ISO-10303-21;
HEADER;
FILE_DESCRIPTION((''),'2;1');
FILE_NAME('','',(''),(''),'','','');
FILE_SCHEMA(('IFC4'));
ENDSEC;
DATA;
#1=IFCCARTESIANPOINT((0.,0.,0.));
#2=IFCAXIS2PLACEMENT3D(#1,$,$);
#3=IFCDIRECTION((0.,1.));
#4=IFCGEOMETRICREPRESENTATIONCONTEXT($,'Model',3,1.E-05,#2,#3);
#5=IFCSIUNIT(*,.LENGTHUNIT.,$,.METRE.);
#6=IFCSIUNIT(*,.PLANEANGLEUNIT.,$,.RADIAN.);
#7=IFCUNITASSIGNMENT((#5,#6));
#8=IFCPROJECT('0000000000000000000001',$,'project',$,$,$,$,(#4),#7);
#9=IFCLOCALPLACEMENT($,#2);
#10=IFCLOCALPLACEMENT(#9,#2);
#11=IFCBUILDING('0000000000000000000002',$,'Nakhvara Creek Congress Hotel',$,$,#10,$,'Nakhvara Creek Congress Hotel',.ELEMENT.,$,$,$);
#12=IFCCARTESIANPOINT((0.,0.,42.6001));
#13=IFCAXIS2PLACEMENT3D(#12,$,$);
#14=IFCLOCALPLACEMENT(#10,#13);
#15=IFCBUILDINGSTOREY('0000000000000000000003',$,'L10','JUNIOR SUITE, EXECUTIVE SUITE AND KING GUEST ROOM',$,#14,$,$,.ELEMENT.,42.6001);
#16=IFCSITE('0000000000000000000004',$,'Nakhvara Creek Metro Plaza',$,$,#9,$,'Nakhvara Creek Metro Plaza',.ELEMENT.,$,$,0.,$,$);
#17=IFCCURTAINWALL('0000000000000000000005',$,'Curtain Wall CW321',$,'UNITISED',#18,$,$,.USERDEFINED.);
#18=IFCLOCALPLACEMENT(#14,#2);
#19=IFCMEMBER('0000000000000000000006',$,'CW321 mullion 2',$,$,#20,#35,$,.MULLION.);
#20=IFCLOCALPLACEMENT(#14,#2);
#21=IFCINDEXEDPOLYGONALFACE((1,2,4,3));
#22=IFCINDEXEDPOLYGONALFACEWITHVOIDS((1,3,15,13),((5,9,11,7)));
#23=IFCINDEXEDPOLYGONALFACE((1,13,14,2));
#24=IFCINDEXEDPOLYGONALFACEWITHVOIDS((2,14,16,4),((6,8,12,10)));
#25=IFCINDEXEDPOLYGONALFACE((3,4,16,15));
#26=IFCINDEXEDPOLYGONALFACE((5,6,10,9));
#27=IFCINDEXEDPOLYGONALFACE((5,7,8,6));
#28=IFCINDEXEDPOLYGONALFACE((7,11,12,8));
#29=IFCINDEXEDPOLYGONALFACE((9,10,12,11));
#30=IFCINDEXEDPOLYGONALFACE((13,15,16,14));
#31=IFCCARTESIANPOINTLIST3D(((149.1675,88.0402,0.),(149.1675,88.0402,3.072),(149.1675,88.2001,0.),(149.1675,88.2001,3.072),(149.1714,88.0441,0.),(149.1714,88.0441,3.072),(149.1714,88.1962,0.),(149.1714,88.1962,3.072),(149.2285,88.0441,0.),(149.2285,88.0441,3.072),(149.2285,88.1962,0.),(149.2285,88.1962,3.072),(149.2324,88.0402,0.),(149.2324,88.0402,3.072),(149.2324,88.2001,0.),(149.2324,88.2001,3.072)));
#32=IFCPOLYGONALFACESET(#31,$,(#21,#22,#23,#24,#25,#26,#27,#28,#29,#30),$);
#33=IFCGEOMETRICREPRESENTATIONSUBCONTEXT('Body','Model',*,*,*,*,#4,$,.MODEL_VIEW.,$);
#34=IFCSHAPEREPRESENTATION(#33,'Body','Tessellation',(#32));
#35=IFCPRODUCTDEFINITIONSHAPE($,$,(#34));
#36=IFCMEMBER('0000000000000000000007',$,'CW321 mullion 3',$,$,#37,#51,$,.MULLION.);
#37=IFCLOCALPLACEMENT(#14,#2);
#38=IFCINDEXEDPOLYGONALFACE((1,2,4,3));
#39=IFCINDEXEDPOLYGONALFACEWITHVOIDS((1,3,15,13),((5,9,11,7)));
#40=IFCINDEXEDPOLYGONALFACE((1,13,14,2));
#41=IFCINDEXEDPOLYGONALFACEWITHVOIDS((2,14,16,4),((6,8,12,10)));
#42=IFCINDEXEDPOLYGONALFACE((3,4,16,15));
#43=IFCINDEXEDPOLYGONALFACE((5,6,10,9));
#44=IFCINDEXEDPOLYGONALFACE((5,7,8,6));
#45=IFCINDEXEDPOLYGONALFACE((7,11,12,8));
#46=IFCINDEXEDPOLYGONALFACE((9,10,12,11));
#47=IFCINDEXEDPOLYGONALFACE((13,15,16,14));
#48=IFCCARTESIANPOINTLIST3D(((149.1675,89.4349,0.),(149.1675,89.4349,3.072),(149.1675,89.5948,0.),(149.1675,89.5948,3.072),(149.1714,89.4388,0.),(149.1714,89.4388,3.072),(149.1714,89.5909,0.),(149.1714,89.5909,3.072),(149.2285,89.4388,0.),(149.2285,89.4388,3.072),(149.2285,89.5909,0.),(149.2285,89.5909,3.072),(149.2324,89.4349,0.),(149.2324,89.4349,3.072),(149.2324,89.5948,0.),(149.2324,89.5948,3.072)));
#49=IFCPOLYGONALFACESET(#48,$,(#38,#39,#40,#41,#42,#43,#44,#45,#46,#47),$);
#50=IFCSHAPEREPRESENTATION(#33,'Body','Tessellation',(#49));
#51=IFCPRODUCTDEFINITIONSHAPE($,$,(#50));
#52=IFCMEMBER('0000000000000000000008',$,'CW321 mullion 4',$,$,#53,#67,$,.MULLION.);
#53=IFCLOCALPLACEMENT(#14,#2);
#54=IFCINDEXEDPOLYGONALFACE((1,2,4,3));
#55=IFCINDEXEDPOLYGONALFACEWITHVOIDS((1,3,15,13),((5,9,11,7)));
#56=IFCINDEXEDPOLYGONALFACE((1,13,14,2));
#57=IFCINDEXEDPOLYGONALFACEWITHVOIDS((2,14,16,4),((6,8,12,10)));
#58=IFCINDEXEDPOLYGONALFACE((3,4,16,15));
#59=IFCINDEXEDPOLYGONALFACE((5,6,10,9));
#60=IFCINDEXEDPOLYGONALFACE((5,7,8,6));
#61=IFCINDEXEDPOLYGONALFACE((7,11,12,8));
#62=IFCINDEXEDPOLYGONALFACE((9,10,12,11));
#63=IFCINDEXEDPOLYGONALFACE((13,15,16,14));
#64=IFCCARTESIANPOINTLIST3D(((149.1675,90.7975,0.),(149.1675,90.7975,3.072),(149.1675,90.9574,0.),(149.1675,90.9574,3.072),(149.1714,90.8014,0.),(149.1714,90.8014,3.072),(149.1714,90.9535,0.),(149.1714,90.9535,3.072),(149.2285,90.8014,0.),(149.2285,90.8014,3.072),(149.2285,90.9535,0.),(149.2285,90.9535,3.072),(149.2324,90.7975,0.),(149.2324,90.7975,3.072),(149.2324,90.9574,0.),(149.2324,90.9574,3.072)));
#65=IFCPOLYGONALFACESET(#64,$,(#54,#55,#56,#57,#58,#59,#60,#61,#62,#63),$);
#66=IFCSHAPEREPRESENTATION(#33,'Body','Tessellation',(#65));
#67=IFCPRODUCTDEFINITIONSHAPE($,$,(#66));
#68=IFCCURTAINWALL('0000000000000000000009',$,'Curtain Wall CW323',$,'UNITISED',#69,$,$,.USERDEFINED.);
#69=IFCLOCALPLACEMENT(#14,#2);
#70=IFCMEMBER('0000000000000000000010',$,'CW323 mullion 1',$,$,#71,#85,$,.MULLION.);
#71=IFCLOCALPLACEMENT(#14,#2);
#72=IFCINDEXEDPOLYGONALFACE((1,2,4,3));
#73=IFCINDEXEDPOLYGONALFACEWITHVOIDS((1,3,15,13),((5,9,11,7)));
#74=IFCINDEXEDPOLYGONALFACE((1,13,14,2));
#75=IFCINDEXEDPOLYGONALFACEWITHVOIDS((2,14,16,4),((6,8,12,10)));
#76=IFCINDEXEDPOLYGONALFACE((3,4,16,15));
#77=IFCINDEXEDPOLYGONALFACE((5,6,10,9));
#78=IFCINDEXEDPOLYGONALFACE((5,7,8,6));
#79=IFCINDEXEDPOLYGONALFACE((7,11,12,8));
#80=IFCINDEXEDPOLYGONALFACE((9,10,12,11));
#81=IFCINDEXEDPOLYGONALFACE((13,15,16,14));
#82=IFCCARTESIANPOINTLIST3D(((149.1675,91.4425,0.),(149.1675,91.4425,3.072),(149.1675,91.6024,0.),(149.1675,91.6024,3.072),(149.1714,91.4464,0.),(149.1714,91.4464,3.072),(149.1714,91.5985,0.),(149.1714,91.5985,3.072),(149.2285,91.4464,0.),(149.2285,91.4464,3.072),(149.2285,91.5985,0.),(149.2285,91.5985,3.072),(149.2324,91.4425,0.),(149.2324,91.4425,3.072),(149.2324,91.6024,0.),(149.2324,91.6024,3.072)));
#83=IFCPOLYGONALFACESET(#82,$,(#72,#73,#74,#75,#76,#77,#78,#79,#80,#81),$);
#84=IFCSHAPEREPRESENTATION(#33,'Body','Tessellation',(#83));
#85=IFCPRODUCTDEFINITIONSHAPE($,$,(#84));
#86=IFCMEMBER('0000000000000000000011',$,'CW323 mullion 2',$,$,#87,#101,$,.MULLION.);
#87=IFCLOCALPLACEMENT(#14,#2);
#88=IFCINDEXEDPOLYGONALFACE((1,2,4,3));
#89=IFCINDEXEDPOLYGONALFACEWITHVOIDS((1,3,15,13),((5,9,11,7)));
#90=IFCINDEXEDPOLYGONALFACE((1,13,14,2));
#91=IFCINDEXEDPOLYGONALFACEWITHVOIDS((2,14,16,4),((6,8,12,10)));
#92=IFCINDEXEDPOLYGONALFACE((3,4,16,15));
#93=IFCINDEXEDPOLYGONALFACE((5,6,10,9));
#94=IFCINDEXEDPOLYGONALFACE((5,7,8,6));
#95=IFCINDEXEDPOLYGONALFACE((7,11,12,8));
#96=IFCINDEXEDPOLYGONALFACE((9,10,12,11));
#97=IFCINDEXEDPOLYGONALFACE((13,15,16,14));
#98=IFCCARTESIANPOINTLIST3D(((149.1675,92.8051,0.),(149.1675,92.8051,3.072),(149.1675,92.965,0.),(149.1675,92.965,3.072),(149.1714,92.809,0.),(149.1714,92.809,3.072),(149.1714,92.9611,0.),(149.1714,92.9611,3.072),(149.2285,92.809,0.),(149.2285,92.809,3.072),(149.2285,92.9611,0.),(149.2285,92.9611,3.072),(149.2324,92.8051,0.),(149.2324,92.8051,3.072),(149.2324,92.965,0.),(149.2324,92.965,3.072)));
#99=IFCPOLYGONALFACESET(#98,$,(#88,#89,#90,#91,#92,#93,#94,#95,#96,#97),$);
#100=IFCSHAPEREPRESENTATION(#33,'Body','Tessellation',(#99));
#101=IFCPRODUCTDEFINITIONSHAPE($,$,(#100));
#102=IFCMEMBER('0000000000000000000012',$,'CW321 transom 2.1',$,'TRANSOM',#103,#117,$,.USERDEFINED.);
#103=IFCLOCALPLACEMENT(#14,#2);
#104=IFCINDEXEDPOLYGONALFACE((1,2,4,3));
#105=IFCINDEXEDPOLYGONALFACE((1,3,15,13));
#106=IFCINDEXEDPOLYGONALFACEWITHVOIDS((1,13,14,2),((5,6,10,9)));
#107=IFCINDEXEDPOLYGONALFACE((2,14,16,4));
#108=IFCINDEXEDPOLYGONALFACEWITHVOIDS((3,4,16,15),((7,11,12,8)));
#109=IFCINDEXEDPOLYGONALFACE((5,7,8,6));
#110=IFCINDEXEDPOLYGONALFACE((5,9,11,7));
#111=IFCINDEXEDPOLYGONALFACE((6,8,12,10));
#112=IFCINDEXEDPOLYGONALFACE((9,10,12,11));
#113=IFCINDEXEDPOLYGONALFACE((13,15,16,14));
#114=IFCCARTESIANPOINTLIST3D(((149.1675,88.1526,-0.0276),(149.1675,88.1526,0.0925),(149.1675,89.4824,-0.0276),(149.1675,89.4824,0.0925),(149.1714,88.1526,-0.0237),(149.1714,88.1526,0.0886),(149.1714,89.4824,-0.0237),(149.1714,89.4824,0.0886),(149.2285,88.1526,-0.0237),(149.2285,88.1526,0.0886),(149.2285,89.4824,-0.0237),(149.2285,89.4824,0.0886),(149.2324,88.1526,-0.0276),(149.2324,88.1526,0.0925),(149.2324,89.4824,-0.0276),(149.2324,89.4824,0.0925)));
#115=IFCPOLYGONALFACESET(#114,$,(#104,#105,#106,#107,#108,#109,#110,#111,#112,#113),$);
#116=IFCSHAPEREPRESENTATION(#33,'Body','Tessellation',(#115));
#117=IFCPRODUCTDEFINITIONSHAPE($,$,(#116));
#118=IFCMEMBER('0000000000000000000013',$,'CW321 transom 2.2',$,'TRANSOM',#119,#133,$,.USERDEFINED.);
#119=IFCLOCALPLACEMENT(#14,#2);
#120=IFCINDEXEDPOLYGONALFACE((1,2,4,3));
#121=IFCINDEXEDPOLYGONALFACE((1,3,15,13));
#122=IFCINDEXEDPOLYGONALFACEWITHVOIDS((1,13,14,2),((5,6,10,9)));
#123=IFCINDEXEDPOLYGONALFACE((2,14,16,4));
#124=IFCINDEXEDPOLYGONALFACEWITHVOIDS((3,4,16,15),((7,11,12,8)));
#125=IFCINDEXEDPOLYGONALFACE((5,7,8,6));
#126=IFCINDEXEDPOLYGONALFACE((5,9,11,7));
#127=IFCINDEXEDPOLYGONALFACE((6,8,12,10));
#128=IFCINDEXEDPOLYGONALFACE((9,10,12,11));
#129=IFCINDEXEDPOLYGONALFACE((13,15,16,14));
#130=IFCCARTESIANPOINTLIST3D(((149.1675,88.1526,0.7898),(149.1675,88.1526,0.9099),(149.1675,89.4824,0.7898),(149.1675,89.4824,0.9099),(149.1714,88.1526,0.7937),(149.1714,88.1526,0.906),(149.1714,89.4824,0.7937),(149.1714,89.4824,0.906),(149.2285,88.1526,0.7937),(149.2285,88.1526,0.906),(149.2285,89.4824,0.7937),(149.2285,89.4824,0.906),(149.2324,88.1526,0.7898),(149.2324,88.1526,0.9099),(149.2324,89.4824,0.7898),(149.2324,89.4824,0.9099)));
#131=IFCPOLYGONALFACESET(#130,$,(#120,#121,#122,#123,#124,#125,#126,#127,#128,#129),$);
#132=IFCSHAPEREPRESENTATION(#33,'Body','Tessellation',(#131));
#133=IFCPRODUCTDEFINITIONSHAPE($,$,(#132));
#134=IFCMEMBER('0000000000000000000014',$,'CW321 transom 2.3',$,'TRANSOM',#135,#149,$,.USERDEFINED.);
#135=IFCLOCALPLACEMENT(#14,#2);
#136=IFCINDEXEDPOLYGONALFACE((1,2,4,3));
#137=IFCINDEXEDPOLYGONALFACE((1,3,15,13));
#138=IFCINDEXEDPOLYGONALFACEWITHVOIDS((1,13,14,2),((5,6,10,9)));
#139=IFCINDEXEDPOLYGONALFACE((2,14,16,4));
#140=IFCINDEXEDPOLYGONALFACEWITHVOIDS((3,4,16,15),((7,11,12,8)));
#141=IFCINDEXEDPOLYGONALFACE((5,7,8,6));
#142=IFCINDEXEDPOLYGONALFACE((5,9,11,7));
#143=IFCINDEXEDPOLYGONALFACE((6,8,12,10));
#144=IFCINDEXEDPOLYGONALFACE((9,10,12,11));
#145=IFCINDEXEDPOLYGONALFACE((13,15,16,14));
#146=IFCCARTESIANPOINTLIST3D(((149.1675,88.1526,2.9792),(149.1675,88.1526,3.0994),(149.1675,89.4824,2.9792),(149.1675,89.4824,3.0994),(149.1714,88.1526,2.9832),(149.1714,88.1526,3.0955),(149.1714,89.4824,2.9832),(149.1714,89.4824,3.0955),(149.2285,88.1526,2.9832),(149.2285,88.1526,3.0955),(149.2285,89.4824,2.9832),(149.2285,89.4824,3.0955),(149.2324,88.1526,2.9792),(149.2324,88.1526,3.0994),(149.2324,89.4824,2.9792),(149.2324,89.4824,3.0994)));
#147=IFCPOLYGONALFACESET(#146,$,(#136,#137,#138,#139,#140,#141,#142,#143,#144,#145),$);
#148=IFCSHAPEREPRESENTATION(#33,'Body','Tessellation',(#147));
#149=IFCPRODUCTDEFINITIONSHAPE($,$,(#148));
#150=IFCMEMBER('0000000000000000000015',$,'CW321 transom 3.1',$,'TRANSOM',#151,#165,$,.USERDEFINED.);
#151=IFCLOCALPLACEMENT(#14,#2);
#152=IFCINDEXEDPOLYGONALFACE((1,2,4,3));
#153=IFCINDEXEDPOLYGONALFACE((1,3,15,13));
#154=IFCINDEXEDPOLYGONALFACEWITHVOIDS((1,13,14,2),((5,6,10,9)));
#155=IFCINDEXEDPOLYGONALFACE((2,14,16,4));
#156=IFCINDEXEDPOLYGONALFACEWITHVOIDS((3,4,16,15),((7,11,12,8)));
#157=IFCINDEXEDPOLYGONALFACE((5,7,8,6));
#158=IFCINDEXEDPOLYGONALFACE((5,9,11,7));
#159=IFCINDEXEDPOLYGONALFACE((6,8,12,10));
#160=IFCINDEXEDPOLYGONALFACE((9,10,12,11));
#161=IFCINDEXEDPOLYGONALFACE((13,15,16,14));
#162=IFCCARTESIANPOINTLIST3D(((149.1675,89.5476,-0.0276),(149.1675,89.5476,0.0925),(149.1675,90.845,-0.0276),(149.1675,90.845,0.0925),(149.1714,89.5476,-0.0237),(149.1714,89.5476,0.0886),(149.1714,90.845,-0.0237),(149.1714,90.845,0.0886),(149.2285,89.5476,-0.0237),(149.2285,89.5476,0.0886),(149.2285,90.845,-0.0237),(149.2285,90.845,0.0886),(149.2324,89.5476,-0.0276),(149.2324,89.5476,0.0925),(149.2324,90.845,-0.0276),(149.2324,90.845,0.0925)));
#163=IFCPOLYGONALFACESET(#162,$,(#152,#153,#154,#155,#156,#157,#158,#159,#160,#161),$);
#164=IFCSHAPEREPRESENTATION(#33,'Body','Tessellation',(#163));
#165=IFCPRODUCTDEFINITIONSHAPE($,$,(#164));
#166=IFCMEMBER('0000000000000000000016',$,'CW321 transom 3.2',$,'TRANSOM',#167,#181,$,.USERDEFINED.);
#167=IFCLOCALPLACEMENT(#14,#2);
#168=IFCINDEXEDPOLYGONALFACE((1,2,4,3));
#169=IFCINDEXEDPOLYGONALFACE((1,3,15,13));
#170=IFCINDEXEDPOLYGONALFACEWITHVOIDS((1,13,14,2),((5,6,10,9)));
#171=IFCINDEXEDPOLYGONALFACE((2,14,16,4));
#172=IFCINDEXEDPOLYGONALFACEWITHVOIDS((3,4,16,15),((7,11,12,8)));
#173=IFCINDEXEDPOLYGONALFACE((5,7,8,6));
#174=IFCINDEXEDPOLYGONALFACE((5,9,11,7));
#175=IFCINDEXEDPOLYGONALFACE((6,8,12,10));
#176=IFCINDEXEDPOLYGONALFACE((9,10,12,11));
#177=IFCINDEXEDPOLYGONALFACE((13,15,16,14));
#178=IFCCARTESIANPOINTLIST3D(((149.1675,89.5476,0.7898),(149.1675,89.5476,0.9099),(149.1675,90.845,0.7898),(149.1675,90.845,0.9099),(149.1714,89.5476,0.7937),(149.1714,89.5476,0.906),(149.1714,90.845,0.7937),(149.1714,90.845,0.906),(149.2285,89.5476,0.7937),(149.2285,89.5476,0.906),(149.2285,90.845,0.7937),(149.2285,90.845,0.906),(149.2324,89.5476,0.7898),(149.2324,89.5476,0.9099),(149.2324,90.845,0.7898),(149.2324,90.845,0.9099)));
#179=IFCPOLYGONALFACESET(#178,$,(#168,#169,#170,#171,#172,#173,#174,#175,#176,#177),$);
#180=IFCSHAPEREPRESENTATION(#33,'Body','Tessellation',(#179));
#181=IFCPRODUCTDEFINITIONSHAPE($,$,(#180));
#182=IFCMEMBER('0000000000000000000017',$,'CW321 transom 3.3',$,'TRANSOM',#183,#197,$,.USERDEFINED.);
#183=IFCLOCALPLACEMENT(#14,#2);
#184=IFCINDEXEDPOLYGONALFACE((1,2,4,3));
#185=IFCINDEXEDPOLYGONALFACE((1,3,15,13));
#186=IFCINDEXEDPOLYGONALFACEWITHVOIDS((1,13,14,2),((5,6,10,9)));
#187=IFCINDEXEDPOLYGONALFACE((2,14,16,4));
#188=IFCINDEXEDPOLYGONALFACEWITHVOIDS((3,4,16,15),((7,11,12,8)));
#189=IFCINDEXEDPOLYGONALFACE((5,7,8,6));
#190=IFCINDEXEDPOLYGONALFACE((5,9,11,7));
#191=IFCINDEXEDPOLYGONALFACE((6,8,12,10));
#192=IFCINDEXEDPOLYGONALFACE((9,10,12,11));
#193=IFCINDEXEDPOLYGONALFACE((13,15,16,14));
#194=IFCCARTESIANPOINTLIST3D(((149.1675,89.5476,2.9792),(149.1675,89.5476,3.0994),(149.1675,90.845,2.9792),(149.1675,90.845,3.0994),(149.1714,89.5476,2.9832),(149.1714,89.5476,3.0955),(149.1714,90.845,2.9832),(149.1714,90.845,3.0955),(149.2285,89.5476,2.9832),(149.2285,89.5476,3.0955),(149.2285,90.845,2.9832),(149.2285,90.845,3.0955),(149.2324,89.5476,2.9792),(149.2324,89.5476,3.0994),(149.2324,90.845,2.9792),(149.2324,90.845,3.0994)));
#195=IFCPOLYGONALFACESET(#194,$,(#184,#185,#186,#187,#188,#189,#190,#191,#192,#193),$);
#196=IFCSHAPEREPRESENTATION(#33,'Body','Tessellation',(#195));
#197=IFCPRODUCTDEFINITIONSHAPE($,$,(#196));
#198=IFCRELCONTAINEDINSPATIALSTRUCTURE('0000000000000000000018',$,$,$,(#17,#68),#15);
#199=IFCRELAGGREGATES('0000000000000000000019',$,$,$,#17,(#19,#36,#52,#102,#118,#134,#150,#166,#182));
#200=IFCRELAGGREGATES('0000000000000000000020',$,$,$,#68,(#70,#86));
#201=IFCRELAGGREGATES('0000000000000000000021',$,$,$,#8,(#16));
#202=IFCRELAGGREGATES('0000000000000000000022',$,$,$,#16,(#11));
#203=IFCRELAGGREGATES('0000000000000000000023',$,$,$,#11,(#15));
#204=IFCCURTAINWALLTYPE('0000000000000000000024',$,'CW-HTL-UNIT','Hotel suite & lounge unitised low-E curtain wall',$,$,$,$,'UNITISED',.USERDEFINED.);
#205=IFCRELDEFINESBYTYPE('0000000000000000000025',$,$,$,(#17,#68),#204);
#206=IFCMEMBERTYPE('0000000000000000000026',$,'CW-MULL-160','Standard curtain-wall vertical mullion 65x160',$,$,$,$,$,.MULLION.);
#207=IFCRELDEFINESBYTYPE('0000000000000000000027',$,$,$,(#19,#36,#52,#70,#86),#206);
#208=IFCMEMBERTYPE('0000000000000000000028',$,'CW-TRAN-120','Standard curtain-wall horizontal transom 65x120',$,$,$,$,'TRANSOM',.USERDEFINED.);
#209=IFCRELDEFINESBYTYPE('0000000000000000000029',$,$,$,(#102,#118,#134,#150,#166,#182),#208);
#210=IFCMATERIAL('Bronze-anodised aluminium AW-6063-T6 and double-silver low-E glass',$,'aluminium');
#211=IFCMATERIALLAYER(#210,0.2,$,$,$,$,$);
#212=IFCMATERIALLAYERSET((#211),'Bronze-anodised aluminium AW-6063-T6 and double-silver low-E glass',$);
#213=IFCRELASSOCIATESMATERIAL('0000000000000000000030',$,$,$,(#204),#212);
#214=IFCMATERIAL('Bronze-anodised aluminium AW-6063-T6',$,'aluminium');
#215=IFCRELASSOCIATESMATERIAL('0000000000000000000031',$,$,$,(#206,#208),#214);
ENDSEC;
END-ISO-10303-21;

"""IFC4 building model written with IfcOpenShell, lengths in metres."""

from ifc_helpers import new_model, si_unit, direction, frame, origin, origin_2d, place, context, subcontext, project, spatial, hollow_rectangle, extrude, material, layer, layer_set, material_profile, profile_set, type_object, element, aggregate, save


model = new_model("IFC4")

# Units and contexts
model_context = context("Model", 3, precision=1e-05, world=origin(), true_north=direction((0.0, 1.0)))
body_context = subcontext(model_context, "Body", "Model", "MODEL_VIEW")
ifc_project = project(units=[si_unit("LENGTHUNIT", "METRE"), si_unit("PLANEANGLEUNIT", "RADIAN")], contexts=[model_context])

# Site, building, storey
site_placement = place(None, origin())
site = spatial("IfcSite", under=ifc_project, at=site_placement, Name="Nakhvara Creek Metro Plaza", LongName="Nakhvara Creek Metro Plaza", CompositionType="ELEMENT", RefElevation=0.0)
building_placement = place(site_placement, origin())
building = spatial("IfcBuilding", under=site, at=building_placement, Name="Nakhvara Creek Congress Hotel", LongName="Nakhvara Creek Congress Hotel", CompositionType="ELEMENT")
storey_placement = place(building_placement, frame((0.0, 0.0, 42.6001)))
storey = spatial("IfcBuildingStorey", under=building, at=storey_placement, Name="L10", Description="JUNIOR SUITE, EXECUTIVE SUITE AND KING GUEST ROOM", CompositionType="ELEMENT", Elevation=42.6001)

# Curtain walls, members
ifc_material_1 = material(Name="Bronze-anodised aluminium AW-6063-T6 and double-silver low-E glass", Category="aluminium")
ifc_layer = layer(ifc_material_1, 0.2)
ifc_layer_set = layer_set([ifc_layer], Name="Bronze-anodised aluminium AW-6063-T6 and double-silver low-E glass")
curtain_wall_type = type_object("IfcCurtainWallType", Name="CW-HTL-UNIT", Description="Hotel suite & lounge unitised low-E curtain wall", ElementType="UNITISED", PredefinedType="USERDEFINED", material=ifc_layer_set)
curtain_wall_1_placement = place(storey_placement, origin())
curtain_wall_1 = element("IfcCurtainWall", 1, at=curtain_wall_1_placement, inside=storey, type_object=curtain_wall_type, Name="Curtain Wall CW321", ObjectType="UNITISED", PredefinedType="USERDEFINED")
ifc_material_2 = material(Name="Bronze-anodised aluminium AW-6063-T6", Category="aluminium")
ifc_material_profile_1 = material_profile(ifc_material_2, hollow_rectangle(XDim=0.0649, YDim=0.1599, WallThickness=0.0039, at=origin_2d()), Name="ALU-MULL 65x160x4", Category="LoadBearing")
ifc_profile_set_1 = profile_set([ifc_material_profile_1], Name="Bronze-anodised aluminium AW-6063-T6")
member_type_1 = type_object("IfcMemberType", Name="CW-MULL-160", Description="Standard curtain-wall vertical mullion 65x160", PredefinedType="MULLION", material=ifc_profile_set_1)
member_1_placement = place(storey_placement, frame((149.2, 88.1201, 0.0), z_axis=(0.0, 0.0, 1.0), x_axis=(-1.0, 0.0, 0.0)))
member_1 = element("IfcMember", 2, at=member_1_placement, type_object=member_type_1, Name="CW321 mullion 2", PredefinedType="MULLION", context=body_context, shape_type="SweptSolid", body=[
    extrude(hollow_rectangle(XDim=0.0649, YDim=0.1599, WallThickness=0.0039, at=origin_2d()), origin(), (0.0, 0.0, 1.0), 3.072),
])
member_2_placement = place(storey_placement, frame((149.2, 89.5149, 0.0), z_axis=(0.0, 0.0, 1.0), x_axis=(-1.0, 0.0, 0.0)))
member_2 = element("IfcMember", 3, at=member_2_placement, type_object=member_type_1, Name="CW321 mullion 3", PredefinedType="MULLION", context=body_context, shape_type="SweptSolid", body=[
    extrude(hollow_rectangle(XDim=0.0649, YDim=0.1599, WallThickness=0.0039, at=origin_2d()), origin(), (0.0, 0.0, 1.0), 3.072),
])
member_3_placement = place(storey_placement, frame((149.2, 90.8774, 0.0), z_axis=(0.0, 0.0, 1.0), x_axis=(-1.0, 0.0, 0.0)))
member_3 = element("IfcMember", 4, at=member_3_placement, type_object=member_type_1, Name="CW321 mullion 4", PredefinedType="MULLION", context=body_context, shape_type="SweptSolid", body=[
    extrude(hollow_rectangle(XDim=0.0649, YDim=0.1599, WallThickness=0.0039, at=origin_2d()), origin(), (0.0, 0.0, 1.0), 3.072),
])
curtain_wall_2_placement = place(storey_placement, origin())
curtain_wall_2 = element("IfcCurtainWall", 5, at=curtain_wall_2_placement, inside=storey, type_object=curtain_wall_type, Name="Curtain Wall CW323", ObjectType="UNITISED", PredefinedType="USERDEFINED")
member_4_placement = place(storey_placement, frame((149.2, 91.5225, 0.0), z_axis=(0.0, 0.0, 1.0), x_axis=(-1.0, 0.0, 0.0)))
member_4 = element("IfcMember", 6, at=member_4_placement, type_object=member_type_1, Name="CW323 mullion 1", PredefinedType="MULLION", context=body_context, shape_type="SweptSolid", body=[
    extrude(hollow_rectangle(XDim=0.0649, YDim=0.1599, WallThickness=0.0039, at=origin_2d()), origin(), (0.0, 0.0, 1.0), 3.072),
])
member_5_placement = place(storey_placement, frame((149.2, 92.885, 0.0), z_axis=(0.0, 0.0, 1.0), x_axis=(-1.0, 0.0, 0.0)))
member_5 = element("IfcMember", 7, at=member_5_placement, type_object=member_type_1, Name="CW323 mullion 2", PredefinedType="MULLION", context=body_context, shape_type="SweptSolid", body=[
    extrude(hollow_rectangle(XDim=0.0649, YDim=0.1599, WallThickness=0.0039, at=origin_2d()), origin(), (0.0, 0.0, 1.0), 3.072),
])

# Members
ifc_material_profile_2 = material_profile(ifc_material_2, hollow_rectangle(XDim=0.0649, YDim=0.1201, WallThickness=0.0039, at=origin_2d()), Name="ALU-TRAN 65x120x4", Category="LoadBearing")
ifc_profile_set_2 = profile_set([ifc_material_profile_2], Name="Bronze-anodised aluminium AW-6063-T6")
member_type_2 = type_object("IfcMemberType", Name="CW-TRAN-120", Description="Standard curtain-wall horizontal transom 65x120", ElementType="TRANSOM", PredefinedType="USERDEFINED", material=ifc_profile_set_2)
member_6_placement = place(storey_placement, frame((149.2, 88.1526, 0.0325), z_axis=(0.0, 1.0, 0.0), x_axis=(-1.0, 0.0, 0.0)))
member_6 = element("IfcMember", 8, at=member_6_placement, type_object=member_type_2, Name="CW321 transom 2.1", ObjectType="TRANSOM", PredefinedType="USERDEFINED", context=body_context, shape_type="SweptSolid", body=[
    extrude(hollow_rectangle(XDim=0.0649, YDim=0.1201, WallThickness=0.0039, at=origin_2d()), origin(), (0.0, 0.0, 1.0), 1.3298),
])
member_7_placement = place(storey_placement, frame((149.2, 88.1526, 0.8499), z_axis=(0.0, 1.0, 0.0), x_axis=(-1.0, 0.0, 0.0)))
member_7 = element("IfcMember", 9, at=member_7_placement, type_object=member_type_2, Name="CW321 transom 2.2", ObjectType="TRANSOM", PredefinedType="USERDEFINED", context=body_context, shape_type="SweptSolid", body=[
    extrude(hollow_rectangle(XDim=0.0649, YDim=0.1201, WallThickness=0.0039, at=origin_2d()), origin(), (0.0, 0.0, 1.0), 1.3298),
])
member_8_placement = place(storey_placement, frame((149.2, 88.1526, 3.0393), z_axis=(0.0, 1.0, 0.0), x_axis=(-1.0, 0.0, 0.0)))
member_8 = element("IfcMember", 10, at=member_8_placement, type_object=member_type_2, Name="CW321 transom 2.3", ObjectType="TRANSOM", PredefinedType="USERDEFINED", context=body_context, shape_type="SweptSolid", body=[
    extrude(hollow_rectangle(XDim=0.0649, YDim=0.1201, WallThickness=0.0039, at=origin_2d()), origin(), (0.0, 0.0, 1.0), 1.3298),
])
member_9_placement = place(storey_placement, frame((149.2, 89.5476, 0.0325), z_axis=(0.0, 1.0, 0.0), x_axis=(-1.0, 0.0, 0.0)))
member_9 = element("IfcMember", 11, at=member_9_placement, type_object=member_type_2, Name="CW321 transom 3.1", ObjectType="TRANSOM", PredefinedType="USERDEFINED", context=body_context, shape_type="SweptSolid", body=[
    extrude(hollow_rectangle(XDim=0.0649, YDim=0.1201, WallThickness=0.0039, at=origin_2d()), origin(), (0.0, 0.0, 1.0), 1.2974),
])
member_10_placement = place(storey_placement, frame((149.2, 89.5476, 0.8499), z_axis=(0.0, 1.0, 0.0), x_axis=(-1.0, 0.0, 0.0)))
member_10 = element("IfcMember", 12, at=member_10_placement, type_object=member_type_2, Name="CW321 transom 3.2", ObjectType="TRANSOM", PredefinedType="USERDEFINED", context=body_context, shape_type="SweptSolid", body=[
    extrude(hollow_rectangle(XDim=0.0649, YDim=0.1201, WallThickness=0.0039, at=origin_2d()), origin(), (0.0, 0.0, 1.0), 1.2974),
])
member_11_placement = place(storey_placement, frame((149.2, 89.5476, 3.0393), z_axis=(0.0, 1.0, 0.0), x_axis=(-1.0, 0.0, 0.0)))
member_11 = element("IfcMember", 13, at=member_11_placement, type_object=member_type_2, Name="CW321 transom 3.3", ObjectType="TRANSOM", PredefinedType="USERDEFINED", context=body_context, shape_type="SweptSolid", body=[
    extrude(hollow_rectangle(XDim=0.0649, YDim=0.1201, WallThickness=0.0039, at=origin_2d()), origin(), (0.0, 0.0, 1.0), 1.2974),
])

aggregate(curtain_wall_1, [member_1, member_2, member_3, member_6, member_7, member_8, member_9, member_10, member_11])
aggregate(curtain_wall_2, [member_4, member_5])

save(model, "model.ifc")
